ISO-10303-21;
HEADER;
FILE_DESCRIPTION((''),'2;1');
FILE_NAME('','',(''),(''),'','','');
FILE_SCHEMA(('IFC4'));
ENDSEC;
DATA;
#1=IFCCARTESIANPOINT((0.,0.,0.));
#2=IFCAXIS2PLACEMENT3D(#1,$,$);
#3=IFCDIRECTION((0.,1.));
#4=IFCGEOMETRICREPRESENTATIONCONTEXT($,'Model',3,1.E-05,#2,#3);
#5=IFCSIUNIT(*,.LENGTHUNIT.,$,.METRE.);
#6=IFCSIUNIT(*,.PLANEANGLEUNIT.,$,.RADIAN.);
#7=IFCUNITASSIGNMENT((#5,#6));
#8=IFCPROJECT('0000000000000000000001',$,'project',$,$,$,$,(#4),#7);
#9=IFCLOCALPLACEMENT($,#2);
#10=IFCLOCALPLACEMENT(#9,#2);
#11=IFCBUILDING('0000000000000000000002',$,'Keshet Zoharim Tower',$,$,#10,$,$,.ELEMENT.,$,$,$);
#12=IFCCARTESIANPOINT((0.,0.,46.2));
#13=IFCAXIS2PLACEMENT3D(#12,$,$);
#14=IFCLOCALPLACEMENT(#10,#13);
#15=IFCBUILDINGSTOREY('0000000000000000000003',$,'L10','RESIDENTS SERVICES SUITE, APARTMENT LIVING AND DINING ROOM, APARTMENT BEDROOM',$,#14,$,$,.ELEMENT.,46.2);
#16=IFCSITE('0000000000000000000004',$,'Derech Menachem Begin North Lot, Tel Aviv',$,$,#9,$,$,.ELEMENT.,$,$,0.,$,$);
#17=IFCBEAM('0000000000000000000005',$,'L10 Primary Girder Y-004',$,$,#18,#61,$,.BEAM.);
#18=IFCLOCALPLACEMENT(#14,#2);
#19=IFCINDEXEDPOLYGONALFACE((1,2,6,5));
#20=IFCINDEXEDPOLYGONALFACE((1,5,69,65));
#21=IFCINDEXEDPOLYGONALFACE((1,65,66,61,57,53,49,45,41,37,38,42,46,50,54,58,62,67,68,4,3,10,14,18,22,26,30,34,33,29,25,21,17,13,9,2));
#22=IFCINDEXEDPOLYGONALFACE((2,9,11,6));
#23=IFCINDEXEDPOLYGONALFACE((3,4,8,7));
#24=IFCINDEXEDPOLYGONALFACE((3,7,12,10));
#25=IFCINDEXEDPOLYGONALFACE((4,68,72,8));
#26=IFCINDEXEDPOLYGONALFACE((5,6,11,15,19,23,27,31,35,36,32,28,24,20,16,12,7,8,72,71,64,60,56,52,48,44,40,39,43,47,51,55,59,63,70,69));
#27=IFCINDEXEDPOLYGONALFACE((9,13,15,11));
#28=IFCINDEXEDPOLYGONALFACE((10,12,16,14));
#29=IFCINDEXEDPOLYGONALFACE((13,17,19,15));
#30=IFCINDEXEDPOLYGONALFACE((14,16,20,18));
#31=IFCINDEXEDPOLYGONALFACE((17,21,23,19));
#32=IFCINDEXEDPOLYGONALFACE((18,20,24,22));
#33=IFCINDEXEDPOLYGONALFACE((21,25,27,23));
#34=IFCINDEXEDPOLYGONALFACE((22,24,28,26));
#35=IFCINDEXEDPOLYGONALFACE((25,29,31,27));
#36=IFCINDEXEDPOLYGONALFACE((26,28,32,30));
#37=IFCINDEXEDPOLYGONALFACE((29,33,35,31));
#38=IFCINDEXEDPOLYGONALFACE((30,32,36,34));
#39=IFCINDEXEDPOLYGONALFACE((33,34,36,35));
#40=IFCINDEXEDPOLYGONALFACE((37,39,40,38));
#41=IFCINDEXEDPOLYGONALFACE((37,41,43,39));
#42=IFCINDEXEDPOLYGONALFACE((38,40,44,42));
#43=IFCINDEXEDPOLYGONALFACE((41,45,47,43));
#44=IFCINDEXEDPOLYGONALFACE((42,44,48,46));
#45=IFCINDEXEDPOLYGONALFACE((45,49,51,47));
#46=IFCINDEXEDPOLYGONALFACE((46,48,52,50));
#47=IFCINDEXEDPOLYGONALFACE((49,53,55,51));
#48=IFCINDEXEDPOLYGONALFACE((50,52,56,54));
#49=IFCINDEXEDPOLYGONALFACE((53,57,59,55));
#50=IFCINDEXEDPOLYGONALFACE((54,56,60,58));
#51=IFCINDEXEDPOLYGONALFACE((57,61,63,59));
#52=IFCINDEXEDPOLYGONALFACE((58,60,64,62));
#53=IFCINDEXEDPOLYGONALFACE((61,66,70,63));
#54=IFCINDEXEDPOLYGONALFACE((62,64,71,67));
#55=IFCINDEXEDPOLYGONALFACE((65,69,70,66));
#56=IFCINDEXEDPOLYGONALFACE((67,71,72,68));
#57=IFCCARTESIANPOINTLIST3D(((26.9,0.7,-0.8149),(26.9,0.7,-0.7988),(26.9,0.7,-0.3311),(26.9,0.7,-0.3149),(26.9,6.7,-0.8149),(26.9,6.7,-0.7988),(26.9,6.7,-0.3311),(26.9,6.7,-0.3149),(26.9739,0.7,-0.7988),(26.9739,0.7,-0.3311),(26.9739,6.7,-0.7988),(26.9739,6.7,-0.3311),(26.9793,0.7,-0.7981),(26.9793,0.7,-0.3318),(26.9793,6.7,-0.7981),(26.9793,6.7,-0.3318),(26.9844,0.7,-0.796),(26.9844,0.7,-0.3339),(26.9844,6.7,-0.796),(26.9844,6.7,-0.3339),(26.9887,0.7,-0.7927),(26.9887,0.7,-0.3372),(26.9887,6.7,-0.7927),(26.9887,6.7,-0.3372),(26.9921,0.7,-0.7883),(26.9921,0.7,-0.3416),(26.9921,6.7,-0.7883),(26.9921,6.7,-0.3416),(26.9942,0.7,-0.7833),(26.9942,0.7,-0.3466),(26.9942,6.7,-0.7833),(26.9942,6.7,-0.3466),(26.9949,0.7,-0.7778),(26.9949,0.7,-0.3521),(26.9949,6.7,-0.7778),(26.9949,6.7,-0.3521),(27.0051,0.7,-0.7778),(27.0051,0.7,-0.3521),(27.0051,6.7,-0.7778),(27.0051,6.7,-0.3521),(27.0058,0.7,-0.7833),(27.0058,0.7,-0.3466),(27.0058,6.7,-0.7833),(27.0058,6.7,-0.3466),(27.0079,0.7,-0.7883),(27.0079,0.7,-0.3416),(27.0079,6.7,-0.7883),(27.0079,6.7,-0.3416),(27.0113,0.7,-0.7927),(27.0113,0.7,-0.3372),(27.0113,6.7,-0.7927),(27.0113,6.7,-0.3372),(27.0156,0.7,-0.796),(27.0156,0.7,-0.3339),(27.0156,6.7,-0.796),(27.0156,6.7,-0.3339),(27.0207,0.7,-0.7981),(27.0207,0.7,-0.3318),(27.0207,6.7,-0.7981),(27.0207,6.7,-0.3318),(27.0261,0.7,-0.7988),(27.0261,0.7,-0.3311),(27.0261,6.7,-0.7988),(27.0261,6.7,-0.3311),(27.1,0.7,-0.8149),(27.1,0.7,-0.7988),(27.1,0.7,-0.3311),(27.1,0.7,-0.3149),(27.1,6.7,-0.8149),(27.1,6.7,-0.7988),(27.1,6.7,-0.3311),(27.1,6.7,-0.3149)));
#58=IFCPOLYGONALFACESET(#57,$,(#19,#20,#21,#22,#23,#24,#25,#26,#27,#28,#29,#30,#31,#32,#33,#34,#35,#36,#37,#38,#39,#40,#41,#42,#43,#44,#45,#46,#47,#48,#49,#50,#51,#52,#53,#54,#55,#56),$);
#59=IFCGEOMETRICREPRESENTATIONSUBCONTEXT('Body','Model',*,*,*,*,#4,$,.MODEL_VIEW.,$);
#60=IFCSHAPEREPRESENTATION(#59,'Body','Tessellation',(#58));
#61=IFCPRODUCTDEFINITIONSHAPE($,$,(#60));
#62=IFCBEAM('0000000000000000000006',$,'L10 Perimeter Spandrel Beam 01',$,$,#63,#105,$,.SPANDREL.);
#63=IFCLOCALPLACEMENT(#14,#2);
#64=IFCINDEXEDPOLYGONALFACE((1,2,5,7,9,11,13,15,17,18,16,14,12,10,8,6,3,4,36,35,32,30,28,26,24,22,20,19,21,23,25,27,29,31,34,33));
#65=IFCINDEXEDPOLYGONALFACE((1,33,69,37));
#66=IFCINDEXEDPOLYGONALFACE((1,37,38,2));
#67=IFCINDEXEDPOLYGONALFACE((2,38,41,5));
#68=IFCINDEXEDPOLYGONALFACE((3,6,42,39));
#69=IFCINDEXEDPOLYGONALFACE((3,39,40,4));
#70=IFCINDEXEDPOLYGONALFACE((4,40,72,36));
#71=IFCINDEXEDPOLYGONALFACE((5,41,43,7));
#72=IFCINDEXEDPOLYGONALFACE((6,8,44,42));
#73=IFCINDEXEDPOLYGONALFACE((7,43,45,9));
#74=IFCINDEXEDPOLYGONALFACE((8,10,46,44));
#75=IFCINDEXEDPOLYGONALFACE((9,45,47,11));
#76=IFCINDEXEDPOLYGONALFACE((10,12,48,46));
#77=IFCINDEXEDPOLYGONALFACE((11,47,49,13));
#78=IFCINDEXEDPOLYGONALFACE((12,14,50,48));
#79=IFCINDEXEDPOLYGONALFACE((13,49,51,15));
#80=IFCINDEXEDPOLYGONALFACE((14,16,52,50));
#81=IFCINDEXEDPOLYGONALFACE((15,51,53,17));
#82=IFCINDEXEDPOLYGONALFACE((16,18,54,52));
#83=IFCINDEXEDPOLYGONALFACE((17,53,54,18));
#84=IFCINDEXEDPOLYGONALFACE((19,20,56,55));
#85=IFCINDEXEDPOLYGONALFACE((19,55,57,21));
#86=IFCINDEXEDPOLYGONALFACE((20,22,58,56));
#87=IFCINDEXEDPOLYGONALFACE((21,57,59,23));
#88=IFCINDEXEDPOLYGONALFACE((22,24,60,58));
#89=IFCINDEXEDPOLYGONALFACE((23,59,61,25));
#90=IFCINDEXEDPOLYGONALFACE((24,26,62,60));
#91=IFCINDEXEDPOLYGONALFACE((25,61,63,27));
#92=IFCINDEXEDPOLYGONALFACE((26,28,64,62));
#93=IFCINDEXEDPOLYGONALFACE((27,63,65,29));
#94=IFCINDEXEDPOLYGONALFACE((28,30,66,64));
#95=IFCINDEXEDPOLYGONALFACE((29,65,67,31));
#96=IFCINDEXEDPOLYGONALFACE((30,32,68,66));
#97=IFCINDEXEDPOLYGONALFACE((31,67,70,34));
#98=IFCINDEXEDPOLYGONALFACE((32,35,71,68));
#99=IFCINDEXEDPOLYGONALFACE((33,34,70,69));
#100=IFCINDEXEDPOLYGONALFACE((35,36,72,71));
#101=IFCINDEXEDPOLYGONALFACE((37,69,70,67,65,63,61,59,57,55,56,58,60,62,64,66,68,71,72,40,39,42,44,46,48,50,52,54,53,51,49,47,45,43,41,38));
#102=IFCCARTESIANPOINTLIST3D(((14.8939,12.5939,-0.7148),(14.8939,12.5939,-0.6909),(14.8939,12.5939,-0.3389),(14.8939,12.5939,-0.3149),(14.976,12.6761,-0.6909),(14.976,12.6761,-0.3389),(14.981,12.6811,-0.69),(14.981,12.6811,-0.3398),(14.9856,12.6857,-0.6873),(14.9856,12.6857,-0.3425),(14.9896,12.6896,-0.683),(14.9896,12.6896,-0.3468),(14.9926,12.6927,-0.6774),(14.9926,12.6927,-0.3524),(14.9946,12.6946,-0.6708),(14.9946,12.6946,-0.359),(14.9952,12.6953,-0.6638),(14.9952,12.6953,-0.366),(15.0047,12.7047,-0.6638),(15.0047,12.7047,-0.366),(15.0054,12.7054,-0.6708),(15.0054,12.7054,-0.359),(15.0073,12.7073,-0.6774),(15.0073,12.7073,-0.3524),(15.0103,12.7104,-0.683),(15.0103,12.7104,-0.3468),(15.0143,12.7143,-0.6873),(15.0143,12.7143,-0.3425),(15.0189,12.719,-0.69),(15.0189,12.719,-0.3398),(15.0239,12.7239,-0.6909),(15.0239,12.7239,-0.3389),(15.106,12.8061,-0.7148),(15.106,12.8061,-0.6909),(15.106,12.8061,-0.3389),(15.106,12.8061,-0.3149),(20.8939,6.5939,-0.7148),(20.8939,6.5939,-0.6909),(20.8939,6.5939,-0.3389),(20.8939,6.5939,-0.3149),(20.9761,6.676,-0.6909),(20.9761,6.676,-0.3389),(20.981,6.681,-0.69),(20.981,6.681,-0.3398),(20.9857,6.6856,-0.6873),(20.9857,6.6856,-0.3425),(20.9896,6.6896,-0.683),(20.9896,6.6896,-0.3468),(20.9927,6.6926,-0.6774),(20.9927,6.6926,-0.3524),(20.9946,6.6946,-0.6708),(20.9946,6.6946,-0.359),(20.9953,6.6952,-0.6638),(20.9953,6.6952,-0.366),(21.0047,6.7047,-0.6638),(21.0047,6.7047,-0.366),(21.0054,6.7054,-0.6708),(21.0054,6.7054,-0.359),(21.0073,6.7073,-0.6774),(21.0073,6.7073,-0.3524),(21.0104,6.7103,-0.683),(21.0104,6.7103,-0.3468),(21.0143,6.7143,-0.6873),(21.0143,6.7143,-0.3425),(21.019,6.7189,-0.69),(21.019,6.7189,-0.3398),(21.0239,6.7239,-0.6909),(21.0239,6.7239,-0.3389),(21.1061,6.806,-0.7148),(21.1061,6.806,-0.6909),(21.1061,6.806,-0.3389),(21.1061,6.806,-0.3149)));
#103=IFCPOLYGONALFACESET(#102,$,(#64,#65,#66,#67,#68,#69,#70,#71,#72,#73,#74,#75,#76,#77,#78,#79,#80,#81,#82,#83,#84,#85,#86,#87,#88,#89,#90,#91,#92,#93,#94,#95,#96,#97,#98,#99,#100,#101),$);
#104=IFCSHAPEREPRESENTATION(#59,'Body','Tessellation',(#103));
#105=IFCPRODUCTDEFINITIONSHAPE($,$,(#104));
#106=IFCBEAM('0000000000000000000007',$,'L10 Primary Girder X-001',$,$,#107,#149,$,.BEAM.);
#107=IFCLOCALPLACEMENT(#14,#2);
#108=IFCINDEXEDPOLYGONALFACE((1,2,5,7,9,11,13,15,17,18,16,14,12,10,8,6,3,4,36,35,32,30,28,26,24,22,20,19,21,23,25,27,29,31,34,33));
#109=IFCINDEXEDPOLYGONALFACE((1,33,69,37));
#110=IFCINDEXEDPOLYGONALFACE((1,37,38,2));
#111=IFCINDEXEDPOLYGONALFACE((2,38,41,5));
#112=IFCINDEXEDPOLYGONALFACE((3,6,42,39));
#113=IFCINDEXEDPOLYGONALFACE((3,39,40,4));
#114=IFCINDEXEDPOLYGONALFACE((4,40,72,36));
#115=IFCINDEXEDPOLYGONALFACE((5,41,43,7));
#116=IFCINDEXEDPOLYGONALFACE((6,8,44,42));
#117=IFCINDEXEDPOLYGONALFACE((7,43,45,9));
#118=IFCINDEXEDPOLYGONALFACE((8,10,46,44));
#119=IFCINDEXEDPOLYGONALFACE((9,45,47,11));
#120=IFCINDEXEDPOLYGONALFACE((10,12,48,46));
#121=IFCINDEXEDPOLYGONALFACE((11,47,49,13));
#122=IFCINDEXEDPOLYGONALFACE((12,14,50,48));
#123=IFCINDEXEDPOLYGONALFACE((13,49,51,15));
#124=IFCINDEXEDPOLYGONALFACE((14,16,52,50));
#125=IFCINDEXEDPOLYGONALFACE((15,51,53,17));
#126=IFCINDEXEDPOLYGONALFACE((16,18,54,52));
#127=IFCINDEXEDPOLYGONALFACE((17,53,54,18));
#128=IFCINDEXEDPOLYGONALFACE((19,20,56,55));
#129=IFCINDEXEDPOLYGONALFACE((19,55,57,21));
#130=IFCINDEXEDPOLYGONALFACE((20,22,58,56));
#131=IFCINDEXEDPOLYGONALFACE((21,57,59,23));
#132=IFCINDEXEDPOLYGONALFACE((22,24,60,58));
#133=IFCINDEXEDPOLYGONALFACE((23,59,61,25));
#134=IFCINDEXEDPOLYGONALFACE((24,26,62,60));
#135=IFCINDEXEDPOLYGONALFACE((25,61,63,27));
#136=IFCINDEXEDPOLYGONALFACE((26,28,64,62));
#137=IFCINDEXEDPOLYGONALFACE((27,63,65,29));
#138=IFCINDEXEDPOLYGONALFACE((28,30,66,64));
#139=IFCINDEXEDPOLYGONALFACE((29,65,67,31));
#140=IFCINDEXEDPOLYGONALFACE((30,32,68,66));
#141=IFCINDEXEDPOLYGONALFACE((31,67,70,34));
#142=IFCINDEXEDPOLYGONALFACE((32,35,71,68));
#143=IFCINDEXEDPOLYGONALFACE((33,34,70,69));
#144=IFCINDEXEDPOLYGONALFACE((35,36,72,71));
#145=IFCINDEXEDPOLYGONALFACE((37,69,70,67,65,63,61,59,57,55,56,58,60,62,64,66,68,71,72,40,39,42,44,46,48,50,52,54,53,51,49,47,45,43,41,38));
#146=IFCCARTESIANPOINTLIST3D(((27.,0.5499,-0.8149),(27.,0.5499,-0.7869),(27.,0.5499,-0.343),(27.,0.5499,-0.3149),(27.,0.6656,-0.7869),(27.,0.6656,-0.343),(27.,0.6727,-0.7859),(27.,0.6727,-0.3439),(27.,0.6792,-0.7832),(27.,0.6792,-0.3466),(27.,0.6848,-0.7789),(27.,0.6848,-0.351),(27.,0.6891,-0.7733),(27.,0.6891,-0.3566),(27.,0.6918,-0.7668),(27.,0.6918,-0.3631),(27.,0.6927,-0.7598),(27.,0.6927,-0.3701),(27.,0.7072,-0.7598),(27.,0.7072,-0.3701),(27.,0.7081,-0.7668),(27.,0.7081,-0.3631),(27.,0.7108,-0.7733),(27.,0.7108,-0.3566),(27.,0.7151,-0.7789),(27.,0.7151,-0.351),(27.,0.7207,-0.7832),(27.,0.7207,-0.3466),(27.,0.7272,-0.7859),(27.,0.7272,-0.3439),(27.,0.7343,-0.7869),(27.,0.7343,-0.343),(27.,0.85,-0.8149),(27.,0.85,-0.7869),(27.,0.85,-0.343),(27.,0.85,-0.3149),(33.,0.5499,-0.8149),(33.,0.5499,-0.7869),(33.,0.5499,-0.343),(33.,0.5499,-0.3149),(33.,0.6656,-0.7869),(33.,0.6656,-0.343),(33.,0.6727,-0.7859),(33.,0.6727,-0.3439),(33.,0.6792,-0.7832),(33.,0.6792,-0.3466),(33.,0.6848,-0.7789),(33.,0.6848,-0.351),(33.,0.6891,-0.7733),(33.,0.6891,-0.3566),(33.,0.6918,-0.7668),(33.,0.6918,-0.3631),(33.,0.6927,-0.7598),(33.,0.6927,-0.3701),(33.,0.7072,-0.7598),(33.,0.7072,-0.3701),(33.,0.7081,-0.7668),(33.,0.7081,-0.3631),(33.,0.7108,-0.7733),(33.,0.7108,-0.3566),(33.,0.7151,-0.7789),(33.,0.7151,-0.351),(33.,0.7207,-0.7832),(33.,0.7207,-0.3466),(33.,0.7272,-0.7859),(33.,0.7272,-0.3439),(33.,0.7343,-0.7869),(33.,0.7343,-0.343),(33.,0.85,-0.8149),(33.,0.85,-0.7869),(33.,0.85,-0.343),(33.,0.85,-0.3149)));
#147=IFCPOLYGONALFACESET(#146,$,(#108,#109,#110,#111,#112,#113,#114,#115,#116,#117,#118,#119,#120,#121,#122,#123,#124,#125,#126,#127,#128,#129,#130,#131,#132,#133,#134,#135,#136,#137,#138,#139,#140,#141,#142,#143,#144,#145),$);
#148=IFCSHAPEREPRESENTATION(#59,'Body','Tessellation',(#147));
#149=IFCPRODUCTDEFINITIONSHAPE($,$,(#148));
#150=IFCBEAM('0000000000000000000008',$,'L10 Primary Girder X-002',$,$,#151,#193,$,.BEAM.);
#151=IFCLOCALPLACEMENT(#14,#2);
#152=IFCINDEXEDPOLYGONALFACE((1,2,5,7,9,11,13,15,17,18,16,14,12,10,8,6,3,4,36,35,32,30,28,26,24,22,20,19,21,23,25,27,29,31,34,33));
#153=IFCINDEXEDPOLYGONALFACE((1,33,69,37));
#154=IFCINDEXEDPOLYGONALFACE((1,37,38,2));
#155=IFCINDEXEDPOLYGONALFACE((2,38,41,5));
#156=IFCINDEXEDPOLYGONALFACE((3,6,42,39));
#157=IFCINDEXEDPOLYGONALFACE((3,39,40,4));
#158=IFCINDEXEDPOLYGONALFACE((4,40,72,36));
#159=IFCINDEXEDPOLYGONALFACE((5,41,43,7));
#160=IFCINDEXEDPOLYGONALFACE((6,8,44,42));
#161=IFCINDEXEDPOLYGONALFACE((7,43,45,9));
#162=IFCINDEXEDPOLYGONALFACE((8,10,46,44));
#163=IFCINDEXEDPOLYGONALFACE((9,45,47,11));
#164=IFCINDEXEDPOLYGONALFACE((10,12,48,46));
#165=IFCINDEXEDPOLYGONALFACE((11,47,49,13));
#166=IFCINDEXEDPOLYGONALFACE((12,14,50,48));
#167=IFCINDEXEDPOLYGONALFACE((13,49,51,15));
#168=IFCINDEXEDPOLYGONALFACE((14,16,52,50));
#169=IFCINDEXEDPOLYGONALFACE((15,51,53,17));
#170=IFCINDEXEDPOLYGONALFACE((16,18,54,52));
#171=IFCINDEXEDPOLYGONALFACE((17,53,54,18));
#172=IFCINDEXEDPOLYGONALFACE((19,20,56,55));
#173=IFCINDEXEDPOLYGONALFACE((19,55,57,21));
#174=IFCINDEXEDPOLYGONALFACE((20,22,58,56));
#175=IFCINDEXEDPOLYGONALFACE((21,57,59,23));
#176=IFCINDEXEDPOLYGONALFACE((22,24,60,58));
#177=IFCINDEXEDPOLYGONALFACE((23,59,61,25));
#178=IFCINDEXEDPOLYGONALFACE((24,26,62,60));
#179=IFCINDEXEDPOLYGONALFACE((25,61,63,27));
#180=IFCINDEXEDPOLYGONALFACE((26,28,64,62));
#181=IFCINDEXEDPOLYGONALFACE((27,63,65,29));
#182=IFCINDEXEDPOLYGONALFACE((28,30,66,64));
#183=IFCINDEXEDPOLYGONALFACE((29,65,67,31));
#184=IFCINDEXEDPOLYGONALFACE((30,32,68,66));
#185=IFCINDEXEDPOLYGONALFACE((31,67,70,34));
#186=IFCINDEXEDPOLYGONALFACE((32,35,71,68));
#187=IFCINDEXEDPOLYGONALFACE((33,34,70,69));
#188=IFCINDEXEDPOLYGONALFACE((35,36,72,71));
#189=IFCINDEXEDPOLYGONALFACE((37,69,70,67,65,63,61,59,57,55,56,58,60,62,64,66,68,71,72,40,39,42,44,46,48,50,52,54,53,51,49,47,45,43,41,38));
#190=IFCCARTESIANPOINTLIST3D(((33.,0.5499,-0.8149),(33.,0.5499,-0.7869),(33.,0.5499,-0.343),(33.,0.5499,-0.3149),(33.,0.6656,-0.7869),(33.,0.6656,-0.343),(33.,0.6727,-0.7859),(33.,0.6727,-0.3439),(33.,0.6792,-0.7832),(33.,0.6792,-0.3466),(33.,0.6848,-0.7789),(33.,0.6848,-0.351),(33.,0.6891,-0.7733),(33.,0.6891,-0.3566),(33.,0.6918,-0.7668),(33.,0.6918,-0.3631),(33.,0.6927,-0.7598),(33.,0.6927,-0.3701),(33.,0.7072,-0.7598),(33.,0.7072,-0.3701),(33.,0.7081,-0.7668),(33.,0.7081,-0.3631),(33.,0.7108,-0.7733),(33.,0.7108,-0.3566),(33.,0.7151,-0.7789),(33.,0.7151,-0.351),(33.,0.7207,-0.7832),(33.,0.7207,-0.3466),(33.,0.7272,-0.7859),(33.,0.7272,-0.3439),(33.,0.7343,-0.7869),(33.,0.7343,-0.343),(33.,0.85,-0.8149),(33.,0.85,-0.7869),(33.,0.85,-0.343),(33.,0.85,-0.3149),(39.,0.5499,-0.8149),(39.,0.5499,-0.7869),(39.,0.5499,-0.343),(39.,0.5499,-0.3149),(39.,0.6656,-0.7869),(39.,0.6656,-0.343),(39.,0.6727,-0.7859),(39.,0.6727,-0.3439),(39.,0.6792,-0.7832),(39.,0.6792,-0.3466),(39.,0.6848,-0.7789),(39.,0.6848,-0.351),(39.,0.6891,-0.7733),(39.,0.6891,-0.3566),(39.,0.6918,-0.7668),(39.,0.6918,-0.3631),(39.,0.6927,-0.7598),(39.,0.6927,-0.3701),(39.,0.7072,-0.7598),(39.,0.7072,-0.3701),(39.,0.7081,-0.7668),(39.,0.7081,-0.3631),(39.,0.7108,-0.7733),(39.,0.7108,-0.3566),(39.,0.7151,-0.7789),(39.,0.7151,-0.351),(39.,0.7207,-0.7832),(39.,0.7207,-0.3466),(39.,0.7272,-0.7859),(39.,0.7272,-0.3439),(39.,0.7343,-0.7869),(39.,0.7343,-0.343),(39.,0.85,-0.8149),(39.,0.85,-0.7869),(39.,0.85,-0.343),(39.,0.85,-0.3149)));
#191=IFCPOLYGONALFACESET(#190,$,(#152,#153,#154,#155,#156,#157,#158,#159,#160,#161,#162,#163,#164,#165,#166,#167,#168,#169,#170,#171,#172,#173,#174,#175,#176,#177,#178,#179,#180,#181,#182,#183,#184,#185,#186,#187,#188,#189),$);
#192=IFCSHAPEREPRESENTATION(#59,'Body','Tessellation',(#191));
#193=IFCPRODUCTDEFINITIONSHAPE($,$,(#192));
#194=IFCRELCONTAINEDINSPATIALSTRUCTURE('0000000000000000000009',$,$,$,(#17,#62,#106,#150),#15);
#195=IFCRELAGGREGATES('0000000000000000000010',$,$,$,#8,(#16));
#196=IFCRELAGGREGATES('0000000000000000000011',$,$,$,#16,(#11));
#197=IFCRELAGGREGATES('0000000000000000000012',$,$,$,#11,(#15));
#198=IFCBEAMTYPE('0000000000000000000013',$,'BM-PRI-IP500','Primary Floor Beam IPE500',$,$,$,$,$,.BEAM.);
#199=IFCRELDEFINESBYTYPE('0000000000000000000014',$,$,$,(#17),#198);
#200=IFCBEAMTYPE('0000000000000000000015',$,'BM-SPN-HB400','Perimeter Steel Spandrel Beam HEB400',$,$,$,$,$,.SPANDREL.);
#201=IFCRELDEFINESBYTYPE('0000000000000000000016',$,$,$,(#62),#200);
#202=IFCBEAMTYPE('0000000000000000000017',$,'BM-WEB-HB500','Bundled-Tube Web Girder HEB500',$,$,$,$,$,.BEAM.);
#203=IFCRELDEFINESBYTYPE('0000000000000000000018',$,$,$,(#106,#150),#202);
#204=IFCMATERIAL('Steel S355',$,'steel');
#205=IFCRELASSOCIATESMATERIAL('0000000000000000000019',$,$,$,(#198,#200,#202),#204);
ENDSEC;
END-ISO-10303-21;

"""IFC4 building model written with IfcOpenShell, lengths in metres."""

from ifc_helpers import new_model, si_unit, direction, frame, origin, origin_2d, place, context, subcontext, project, spatial, i_section, extrude, material, material_profile, profile_set, type_object, element, save


model = new_model("IFC4")

# Units and contexts
model_context = context("Model", 3, precision=1e-05, world=origin(), true_north=direction((0.0, 1.0)))
body_context = subcontext(model_context, "Body", "Model", "MODEL_VIEW")
ifc_project = project(units=[si_unit("LENGTHUNIT", "METRE"), si_unit("PLANEANGLEUNIT", "RADIAN")], contexts=[model_context])

# Site, building, storey
site_placement = place(None, origin())
site = spatial("IfcSite", under=ifc_project, at=site_placement, Name="Derech Menachem Begin North Lot, Tel Aviv", CompositionType="ELEMENT", RefElevation=0.0)
building_placement = place(site_placement, origin())
building = spatial("IfcBuilding", under=site, at=building_placement, Name="Keshet Zoharim Tower", CompositionType="ELEMENT")
storey_placement = place(building_placement, frame((0.0, 0.0, 46.2)))
storey = spatial("IfcBuildingStorey", under=building, at=storey_placement, Name="L10", Description="RESIDENTS SERVICES SUITE, APARTMENT LIVING AND DINING ROOM, APARTMENT BEDROOM", CompositionType="ELEMENT", Elevation=46.2)

# Shared definitions
ifc_material_1 = material(Name="Steel S355", Category="steel")

# Beams
ifc_material_profile_1 = material_profile(ifc_material_1, i_section(OverallWidth=0.2, OverallDepth=0.5, WebThickness=0.0103, FlangeThickness=0.0161, FilletRadius=0.021, at=origin_2d()), Name="IPE500")
ifc_profile_set_1 = profile_set([ifc_material_profile_1], Name="Steel S355")
beam_type_1 = type_object("IfcBeamType", Name="BM-PRI-IP500", Description="Primary Floor Beam IPE500", PredefinedType="BEAM", material=ifc_profile_set_1)
beam_1_placement = place(storey_placement, frame((27.0, 0.7, -0.5649), z_axis=(0.0, 1.0, 0.0), x_axis=(-1.0, 0.0, 0.0)))
element("IfcBeam", 1, at=beam_1_placement, inside=storey, type_object=beam_type_1, Name="L10 Primary Girder Y-004", PredefinedType="BEAM", context=body_context, shape_type="SweptSolid", body=[
    extrude(i_section(OverallWidth=0.2, OverallDepth=0.5, WebThickness=0.0103, FlangeThickness=0.0161, FilletRadius=0.021, at=origin_2d()), origin(), (0.0, 0.0, 1.0), 6.0),
])
ifc_material_profile_2 = material_profile(ifc_material_1, i_section(OverallWidth=0.3, OverallDepth=0.3999, WebThickness=0.0134, FlangeThickness=0.0239, FilletRadius=0.0271, at=origin_2d()), Name="HEB400")
ifc_profile_set_2 = profile_set([ifc_material_profile_2], Name="Steel S355")
beam_type_2 = type_object("IfcBeamType", Name="BM-SPN-HB400", Description="Perimeter Steel Spandrel Beam HEB400", PredefinedType="SPANDREL", material=ifc_profile_set_2)
beam_2_placement = place(storey_placement, frame((21.0, 6.7, -0.5149), z_axis=(-0.707107, 0.707107, 0.0), x_axis=(-0.707107, -0.707107, 0.0)))
element("IfcBeam", 2, at=beam_2_placement, inside=storey, type_object=beam_type_2, Name="L10 Perimeter Spandrel Beam 01", PredefinedType="SPANDREL", context=body_context, shape_type="SweptSolid", body=[
    extrude(i_section(OverallWidth=0.3, OverallDepth=0.3999, WebThickness=0.0134, FlangeThickness=0.0239, FilletRadius=0.0271, at=origin_2d()), origin(), (0.0, 0.0, 1.0), 8.4854),
])
ifc_material_profile_3 = material_profile(ifc_material_1, i_section(OverallWidth=0.3, OverallDepth=0.5, WebThickness=0.0144, FlangeThickness=0.0281, FilletRadius=0.0271, at=origin_2d()), Name="HEB500")
ifc_profile_set_3 = profile_set([ifc_material_profile_3], Name="Steel S355")
beam_type_3 = type_object("IfcBeamType", Name="BM-WEB-HB500", Description="Bundled-Tube Web Girder HEB500", PredefinedType="BEAM", material=ifc_profile_set_3)
for number, where, z_axis, x_axis, name in (
    (3, (27.0, 0.7, -0.5649), (1.0, 0.0, 0.0), (0.0, 1.0, 0.0), "L10 Primary Girder X-001"),
    (4, (33.0, 0.7, -0.5649), (1.0, 0.0, 0.0), (0.0, 1.0, 0.0), "L10 Primary Girder X-002"),
):
    element("IfcBeam", number, at=place(storey_placement, frame(where, z_axis=z_axis, x_axis=x_axis)), inside=storey, type_object=beam_type_3, Name=name, PredefinedType="BEAM", context=body_context, shape_type="SweptSolid", body=[
        extrude(i_section(OverallWidth=0.3, OverallDepth=0.5, WebThickness=0.0144, FlangeThickness=0.0281, FilletRadius=0.0271, at=origin_2d()), origin(), (0.0, 0.0, 1.0), 6.0),
    ])

save(model, "model.ifc")
